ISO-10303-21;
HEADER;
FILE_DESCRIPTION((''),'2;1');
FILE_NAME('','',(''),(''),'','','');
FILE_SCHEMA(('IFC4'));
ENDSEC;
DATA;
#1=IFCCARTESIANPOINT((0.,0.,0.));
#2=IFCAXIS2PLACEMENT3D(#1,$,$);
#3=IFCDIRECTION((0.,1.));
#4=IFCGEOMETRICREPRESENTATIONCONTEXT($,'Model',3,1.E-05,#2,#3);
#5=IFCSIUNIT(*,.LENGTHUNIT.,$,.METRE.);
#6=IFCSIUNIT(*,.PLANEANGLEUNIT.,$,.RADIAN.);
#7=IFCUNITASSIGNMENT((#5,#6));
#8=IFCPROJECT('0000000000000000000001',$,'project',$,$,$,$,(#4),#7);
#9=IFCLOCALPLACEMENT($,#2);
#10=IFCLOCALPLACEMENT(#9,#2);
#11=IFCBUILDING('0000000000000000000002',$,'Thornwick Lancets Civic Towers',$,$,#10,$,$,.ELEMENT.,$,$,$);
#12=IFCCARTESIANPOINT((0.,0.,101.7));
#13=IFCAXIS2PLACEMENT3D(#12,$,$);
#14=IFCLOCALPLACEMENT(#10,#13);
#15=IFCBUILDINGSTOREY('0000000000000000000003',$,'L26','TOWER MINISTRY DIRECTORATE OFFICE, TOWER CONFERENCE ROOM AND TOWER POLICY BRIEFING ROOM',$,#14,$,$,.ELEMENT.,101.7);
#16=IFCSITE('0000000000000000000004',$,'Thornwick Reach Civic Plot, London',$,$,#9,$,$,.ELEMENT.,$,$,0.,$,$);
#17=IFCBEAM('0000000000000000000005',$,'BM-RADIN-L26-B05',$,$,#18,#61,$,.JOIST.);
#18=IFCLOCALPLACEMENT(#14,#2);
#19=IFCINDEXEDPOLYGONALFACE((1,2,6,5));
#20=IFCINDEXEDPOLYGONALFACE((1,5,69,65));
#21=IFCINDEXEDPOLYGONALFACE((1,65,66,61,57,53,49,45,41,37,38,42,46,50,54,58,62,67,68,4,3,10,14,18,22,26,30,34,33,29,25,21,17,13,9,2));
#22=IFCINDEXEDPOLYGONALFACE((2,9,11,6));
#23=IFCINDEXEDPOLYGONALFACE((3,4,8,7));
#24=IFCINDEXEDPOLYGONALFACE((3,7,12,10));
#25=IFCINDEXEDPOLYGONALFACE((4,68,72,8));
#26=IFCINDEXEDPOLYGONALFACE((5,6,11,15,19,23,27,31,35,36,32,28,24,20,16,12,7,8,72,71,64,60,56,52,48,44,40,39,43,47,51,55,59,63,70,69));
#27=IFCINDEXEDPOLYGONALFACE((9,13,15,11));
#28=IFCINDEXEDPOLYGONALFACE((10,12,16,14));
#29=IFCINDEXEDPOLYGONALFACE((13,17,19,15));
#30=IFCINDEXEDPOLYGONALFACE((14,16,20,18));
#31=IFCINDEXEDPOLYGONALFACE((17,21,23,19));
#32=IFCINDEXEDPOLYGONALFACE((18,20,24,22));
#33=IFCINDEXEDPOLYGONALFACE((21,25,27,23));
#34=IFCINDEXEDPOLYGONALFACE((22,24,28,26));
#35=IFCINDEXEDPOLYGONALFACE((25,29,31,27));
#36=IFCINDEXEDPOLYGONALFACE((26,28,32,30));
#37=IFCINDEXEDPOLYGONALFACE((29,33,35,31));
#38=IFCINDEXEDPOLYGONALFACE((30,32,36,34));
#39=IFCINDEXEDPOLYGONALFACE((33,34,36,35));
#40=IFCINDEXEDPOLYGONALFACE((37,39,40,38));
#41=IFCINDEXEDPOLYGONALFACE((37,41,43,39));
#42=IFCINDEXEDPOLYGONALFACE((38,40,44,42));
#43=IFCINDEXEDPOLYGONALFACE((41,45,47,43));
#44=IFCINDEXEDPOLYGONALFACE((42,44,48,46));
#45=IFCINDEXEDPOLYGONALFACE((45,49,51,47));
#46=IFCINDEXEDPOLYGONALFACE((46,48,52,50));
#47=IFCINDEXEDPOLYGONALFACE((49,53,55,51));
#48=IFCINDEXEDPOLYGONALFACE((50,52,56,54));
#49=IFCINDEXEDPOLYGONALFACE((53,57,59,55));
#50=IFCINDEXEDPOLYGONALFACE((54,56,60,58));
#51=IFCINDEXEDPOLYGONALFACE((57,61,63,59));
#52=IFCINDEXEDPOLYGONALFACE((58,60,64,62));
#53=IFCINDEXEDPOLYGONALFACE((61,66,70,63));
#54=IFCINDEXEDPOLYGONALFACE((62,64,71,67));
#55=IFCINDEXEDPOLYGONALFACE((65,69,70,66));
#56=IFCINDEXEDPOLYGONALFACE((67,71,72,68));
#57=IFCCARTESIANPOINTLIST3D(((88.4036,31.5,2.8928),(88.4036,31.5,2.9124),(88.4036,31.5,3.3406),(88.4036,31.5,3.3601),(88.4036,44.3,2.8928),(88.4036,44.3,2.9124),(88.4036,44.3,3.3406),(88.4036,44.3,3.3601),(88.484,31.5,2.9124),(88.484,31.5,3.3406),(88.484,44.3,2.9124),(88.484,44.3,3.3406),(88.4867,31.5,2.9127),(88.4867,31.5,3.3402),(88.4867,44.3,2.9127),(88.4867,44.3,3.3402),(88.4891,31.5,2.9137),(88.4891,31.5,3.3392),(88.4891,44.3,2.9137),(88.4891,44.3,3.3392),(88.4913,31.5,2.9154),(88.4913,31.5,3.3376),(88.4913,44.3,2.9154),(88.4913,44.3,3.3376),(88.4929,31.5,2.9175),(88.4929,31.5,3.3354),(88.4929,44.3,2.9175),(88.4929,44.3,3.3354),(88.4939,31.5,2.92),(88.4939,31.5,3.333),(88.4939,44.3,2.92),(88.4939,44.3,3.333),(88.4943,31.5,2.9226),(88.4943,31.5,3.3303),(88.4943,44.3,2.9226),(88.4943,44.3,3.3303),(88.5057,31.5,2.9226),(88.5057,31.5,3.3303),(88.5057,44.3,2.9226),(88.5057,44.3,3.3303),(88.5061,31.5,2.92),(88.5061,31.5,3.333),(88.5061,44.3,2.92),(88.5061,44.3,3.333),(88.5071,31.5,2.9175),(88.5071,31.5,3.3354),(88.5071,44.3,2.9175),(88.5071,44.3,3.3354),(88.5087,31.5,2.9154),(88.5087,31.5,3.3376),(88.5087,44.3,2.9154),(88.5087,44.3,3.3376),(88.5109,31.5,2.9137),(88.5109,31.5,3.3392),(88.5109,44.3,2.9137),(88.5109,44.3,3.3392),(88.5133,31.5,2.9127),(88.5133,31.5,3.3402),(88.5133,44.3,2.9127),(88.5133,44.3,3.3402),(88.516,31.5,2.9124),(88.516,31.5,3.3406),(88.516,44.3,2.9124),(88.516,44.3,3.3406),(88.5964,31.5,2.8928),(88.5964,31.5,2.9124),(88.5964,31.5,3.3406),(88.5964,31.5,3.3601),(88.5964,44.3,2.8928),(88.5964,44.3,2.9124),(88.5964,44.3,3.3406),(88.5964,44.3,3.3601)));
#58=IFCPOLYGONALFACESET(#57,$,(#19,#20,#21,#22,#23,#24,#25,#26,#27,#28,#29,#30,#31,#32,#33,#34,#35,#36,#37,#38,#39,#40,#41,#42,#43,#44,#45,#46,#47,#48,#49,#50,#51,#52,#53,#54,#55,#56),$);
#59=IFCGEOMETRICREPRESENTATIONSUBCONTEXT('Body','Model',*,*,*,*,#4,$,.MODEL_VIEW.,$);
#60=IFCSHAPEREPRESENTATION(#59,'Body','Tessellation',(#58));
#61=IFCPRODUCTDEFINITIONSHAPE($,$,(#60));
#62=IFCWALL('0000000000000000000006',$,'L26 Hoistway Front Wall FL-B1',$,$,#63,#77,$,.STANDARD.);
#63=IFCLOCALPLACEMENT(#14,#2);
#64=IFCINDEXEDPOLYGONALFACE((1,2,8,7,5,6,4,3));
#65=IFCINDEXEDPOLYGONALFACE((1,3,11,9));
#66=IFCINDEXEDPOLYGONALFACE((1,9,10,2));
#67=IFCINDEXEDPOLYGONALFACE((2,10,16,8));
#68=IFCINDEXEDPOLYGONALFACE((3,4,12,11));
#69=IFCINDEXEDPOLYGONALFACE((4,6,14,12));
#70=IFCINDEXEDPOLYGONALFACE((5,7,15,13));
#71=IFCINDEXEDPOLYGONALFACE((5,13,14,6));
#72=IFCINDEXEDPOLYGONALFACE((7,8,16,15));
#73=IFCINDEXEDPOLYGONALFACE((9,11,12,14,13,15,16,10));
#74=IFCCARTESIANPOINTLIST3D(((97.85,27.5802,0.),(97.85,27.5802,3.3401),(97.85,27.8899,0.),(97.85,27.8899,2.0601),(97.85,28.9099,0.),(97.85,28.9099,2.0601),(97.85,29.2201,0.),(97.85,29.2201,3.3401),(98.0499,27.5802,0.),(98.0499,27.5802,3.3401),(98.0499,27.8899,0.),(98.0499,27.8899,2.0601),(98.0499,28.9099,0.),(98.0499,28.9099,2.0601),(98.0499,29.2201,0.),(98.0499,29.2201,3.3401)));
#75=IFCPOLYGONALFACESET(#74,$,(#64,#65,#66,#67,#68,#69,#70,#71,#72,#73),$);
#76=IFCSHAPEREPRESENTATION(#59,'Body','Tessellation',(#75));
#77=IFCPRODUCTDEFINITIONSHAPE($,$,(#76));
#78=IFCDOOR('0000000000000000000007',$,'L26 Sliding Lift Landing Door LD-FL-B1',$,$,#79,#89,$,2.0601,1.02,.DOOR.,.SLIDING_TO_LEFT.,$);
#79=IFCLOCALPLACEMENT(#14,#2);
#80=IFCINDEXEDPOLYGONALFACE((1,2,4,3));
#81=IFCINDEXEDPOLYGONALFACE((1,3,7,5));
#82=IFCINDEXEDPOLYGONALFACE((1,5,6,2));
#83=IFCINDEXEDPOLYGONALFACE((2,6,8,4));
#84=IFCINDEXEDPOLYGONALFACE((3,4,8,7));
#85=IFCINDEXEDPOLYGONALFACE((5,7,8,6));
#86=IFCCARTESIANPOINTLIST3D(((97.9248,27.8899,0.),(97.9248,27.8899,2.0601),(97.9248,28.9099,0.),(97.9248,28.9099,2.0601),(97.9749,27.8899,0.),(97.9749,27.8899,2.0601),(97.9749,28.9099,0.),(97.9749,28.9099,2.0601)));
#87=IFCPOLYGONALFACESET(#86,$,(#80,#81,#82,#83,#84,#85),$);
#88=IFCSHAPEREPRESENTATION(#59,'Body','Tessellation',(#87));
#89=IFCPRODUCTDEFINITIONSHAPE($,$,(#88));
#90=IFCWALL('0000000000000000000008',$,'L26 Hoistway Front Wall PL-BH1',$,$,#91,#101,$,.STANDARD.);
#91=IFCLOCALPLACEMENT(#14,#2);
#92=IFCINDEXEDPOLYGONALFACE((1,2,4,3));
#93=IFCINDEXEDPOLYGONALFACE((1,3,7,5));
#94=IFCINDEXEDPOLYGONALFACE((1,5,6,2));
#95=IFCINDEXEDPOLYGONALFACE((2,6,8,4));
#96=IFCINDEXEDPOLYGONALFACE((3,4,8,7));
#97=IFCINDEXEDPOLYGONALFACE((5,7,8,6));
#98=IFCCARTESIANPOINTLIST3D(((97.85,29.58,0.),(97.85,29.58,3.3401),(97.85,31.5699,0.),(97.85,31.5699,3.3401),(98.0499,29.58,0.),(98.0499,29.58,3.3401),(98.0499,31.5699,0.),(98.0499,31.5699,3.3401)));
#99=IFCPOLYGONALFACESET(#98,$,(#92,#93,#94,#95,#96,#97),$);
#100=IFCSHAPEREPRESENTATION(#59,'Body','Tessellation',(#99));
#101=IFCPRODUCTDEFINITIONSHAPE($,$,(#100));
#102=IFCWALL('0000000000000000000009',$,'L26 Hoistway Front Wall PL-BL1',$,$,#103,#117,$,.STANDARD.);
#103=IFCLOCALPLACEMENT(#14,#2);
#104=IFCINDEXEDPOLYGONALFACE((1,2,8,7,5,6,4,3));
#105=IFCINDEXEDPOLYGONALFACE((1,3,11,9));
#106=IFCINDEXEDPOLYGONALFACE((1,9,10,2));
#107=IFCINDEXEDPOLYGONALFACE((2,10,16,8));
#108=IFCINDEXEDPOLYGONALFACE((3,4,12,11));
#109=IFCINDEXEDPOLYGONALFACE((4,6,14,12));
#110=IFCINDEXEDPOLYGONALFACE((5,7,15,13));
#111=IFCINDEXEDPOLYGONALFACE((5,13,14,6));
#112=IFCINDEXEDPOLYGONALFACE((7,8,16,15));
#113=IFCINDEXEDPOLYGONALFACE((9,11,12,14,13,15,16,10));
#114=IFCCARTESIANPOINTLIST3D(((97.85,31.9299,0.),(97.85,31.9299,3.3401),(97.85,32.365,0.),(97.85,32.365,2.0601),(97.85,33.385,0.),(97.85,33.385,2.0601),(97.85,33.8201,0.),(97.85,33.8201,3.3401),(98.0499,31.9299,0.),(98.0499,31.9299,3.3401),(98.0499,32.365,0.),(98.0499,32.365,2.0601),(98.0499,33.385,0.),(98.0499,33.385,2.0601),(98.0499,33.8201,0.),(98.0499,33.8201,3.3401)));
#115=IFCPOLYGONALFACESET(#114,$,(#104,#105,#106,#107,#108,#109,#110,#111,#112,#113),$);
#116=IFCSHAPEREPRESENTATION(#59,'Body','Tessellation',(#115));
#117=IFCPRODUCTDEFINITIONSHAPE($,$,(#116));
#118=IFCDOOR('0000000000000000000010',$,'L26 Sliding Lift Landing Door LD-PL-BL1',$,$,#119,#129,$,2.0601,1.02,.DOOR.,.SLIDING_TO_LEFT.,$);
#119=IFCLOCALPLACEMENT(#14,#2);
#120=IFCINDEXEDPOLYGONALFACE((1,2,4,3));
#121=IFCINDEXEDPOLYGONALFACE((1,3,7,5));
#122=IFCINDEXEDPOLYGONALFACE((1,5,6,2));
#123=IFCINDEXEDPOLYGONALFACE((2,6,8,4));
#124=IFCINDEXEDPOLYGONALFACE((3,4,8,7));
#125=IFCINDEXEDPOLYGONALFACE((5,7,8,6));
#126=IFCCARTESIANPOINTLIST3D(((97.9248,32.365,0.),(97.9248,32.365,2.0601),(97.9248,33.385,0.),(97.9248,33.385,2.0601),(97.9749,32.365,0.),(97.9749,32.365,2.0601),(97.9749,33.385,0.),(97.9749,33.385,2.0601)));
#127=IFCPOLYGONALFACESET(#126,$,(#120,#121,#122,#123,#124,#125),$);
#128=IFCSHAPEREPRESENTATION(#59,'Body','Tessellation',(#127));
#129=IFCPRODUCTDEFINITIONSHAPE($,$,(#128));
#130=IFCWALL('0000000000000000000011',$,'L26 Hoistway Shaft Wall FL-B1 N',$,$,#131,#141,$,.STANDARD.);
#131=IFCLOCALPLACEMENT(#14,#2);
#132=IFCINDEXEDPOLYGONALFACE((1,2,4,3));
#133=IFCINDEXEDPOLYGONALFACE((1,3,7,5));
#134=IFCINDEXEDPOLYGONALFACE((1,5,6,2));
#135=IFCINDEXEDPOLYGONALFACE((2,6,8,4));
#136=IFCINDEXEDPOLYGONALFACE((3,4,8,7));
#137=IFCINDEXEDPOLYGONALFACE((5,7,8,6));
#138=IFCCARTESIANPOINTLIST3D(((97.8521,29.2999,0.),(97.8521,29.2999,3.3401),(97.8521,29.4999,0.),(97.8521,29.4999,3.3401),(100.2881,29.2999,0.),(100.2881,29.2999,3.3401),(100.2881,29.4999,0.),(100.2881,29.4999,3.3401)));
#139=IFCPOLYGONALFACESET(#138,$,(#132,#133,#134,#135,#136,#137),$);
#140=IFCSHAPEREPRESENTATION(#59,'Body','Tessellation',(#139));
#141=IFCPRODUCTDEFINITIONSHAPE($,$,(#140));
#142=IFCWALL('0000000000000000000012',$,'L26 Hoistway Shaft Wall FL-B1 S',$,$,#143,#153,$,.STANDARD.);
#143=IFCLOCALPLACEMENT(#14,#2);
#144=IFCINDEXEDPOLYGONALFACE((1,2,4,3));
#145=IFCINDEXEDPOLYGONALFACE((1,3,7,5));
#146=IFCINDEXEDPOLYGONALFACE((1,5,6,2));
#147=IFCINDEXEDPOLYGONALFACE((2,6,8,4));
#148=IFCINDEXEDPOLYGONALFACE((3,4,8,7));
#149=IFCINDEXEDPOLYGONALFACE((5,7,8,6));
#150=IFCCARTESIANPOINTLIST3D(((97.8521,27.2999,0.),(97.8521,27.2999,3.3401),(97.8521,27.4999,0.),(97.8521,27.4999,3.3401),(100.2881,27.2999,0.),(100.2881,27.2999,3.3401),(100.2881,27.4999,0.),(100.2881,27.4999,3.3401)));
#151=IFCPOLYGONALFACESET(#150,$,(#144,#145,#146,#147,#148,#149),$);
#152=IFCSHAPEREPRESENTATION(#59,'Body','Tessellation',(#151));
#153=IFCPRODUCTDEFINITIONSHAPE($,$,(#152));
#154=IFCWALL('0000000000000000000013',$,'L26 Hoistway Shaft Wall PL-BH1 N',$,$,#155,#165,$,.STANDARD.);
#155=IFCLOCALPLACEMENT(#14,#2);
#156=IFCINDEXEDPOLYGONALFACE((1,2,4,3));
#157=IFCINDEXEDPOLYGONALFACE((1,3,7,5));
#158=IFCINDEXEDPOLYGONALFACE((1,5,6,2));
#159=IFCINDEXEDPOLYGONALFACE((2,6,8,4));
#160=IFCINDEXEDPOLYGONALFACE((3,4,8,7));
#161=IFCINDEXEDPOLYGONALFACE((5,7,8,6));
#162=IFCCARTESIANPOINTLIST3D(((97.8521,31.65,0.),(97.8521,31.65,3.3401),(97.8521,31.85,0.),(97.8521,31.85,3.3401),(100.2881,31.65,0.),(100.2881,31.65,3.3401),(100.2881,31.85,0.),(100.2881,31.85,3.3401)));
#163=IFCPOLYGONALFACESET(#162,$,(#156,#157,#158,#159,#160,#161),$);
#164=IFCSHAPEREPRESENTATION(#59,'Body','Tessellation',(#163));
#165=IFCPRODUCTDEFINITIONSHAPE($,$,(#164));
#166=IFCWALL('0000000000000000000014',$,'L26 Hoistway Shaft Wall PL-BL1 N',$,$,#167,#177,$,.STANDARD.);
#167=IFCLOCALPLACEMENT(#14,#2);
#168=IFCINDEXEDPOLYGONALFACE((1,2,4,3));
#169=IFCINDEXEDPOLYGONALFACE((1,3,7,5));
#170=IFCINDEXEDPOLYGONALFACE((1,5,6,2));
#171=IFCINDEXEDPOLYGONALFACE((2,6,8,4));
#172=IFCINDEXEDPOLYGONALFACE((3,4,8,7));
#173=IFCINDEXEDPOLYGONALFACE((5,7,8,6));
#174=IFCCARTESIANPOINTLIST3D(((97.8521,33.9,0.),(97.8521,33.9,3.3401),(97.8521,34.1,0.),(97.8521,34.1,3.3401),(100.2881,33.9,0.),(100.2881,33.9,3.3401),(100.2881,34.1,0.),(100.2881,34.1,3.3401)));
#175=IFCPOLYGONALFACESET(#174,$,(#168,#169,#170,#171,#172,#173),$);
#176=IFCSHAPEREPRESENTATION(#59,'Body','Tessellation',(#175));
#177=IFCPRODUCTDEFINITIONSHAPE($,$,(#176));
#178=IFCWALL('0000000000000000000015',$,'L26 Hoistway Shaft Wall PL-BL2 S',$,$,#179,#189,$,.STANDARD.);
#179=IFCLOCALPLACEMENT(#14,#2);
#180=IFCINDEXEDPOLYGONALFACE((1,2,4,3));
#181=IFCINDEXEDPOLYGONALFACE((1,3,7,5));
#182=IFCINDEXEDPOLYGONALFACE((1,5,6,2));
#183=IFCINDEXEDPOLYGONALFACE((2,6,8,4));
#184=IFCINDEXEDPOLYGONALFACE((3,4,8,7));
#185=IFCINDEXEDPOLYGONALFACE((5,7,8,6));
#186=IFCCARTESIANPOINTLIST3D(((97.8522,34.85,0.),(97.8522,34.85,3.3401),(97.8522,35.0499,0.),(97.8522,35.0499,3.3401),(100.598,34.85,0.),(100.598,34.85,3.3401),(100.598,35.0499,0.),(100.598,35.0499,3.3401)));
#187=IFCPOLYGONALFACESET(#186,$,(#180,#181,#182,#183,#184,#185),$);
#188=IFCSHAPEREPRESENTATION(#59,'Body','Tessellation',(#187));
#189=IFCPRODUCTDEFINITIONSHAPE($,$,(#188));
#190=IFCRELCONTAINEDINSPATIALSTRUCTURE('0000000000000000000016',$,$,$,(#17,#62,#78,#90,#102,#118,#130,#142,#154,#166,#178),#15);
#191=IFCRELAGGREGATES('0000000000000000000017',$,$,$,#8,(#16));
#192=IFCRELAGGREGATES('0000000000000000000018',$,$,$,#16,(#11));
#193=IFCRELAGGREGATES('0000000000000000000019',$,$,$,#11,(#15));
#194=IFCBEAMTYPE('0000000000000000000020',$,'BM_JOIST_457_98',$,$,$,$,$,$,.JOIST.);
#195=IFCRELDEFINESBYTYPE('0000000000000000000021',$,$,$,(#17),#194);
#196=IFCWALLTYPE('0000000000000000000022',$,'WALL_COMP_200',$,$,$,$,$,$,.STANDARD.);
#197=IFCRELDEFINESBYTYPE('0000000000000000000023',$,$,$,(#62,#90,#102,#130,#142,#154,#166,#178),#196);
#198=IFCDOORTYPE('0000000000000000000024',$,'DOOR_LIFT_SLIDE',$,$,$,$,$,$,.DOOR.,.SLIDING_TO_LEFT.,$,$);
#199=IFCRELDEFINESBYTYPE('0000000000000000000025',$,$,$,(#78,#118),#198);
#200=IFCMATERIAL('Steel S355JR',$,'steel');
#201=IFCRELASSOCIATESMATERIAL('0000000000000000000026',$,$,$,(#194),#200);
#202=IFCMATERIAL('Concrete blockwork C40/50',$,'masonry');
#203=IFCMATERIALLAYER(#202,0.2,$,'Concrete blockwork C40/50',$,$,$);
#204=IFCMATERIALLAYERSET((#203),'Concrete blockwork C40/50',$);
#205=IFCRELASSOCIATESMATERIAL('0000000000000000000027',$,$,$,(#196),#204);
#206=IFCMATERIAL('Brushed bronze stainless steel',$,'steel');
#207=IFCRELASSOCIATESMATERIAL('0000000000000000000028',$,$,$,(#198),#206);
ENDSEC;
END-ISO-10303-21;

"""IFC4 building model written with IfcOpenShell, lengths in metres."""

from ifc_helpers import new_model, si_unit, direction, frame, frame_2d, origin, origin_2d, place, context, subcontext, project, spatial, rectangle, i_section, extrude, material, layer, layer_set, material_profile, profile_set, type_object, element, fill, save


model = new_model("IFC4")

# Units and contexts
model_context = context("Model", 3, precision=1e-05, world=origin(), true_north=direction((0.0, 1.0)))
body_context = subcontext(model_context, "Body", "Model", "MODEL_VIEW")
ifc_project = project(units=[si_unit("LENGTHUNIT", "METRE"), si_unit("PLANEANGLEUNIT", "RADIAN")], contexts=[model_context])

# Site, building, storey
site_placement = place(None, origin())
site = spatial("IfcSite", under=ifc_project, at=site_placement, Name="Thornwick Reach Civic Plot, London", CompositionType="ELEMENT", RefElevation=0.0)
building_placement = place(site_placement, origin())
building = spatial("IfcBuilding", under=site, at=building_placement, Name="Thornwick Lancets Civic Towers", CompositionType="ELEMENT")
storey_placement = place(building_placement, frame((0.0, 0.0, 101.7)))
storey = spatial("IfcBuildingStorey", under=building, at=storey_placement, Name="L26", Description="TOWER MINISTRY DIRECTORATE OFFICE, TOWER CONFERENCE ROOM AND TOWER POLICY BRIEFING ROOM", CompositionType="ELEMENT", Elevation=101.7)

# Beam
ifc_material_1 = material(Name="Steel S355JR", Category="steel")
ifc_material_profile_1 = material_profile(ifc_material_1, i_section(OverallWidth=0.1929, OverallDepth=0.4673, WebThickness=0.0115, FlangeThickness=0.0195, FilletRadius=0.0103, at=origin_2d()), Name="UKB 457x191x98")
ifc_profile_set_1 = profile_set([ifc_material_profile_1], Name="Steel S355JR")
beam_type_1 = type_object("IfcBeamType", Name="BM_JOIST_457_98", PredefinedType="JOIST", material=ifc_profile_set_1)
beam_1_placement = place(storey_placement, frame((88.5, 31.5, 3.1265), z_axis=(0.0, 1.0, 0.0), x_axis=(-1.0, 0.0, 0.0)))
element("IfcBeam", 1, at=beam_1_placement, inside=storey, type_object=beam_type_1, Name="BM-RADIN-L26-B05", PredefinedType="JOIST", context=body_context, shape_type="SweptSolid", body=[
    extrude(i_section(OverallWidth=0.1929, OverallDepth=0.4673, WebThickness=0.0115, FlangeThickness=0.0195, FilletRadius=0.0103, at=origin_2d()), origin(), (0.0, 0.0, 1.0), 12.8),
])

# Wall, opening, door
ifc_material_2 = material(Name="Concrete blockwork C40/50", Category="masonry")
ifc_layer_1 = layer(ifc_material_2, 0.2, Name="Concrete blockwork C40/50")
ifc_layer_set_1 = layer_set([ifc_layer_1], Name="Concrete blockwork C40/50")
wall_type_1 = type_object("IfcWallType", Name="WALL_COMP_200", PredefinedType="STANDARD", material=ifc_layer_set_1)
wall_1_placement = place(storey_placement, frame((97.95, 29.22, 0.0), z_axis=(0.0, 0.0, 1.0), x_axis=(0.0, -1.0, 0.0)))
wall_1 = element("IfcWall", 2, at=wall_1_placement, inside=storey, type_object=wall_type_1, Name="L26 Hoistway Front Wall FL-B1", PredefinedType="STANDARD", context=body_context, shape_type="SweptSolid", body=[
    extrude(rectangle(XDim=1.6399, YDim=0.2, at=frame_2d((0.8198, 0.0))), origin(), (0.0, 0.0, 1.0), 3.3401),
])
opening_1_placement = place(wall_1_placement, frame((0.3101, 0.0, 0.0)))
opening_1 = element("IfcOpeningElement", 3, at=opening_1_placement, cuts=wall_1, PredefinedType="OPENING", context=body_context, shape_type="SweptSolid", body=[
    extrude(rectangle(XDim=1.02, YDim=2.0601, at=frame_2d((0.51, 1.03))), frame((0.0, 0.1099, 0.0), z_axis=(0.0, -1.0, 0.0), x_axis=(1.0, 0.0, 0.0)), (0.0, 0.0, 1.0), 0.22),
])
ifc_material_3 = material(Name="Brushed bronze stainless steel", Category="steel")
door_type_1 = type_object("IfcDoorType", Name="DOOR_LIFT_SLIDE", OperationType="SLIDING_TO_LEFT", PredefinedType="DOOR", material=ifc_material_3)
door_1_placement = place(opening_1_placement, origin())
door_1 = element("IfcDoor", 4, at=door_1_placement, inside=storey, type_object=door_type_1, Name="L26 Sliding Lift Landing Door LD-FL-B1", OperationType="SLIDING_TO_LEFT", OverallHeight=2.0601, OverallWidth=1.02, PredefinedType="DOOR", context=body_context, shape_type="SweptSolid", body=[
    extrude(rectangle(XDim=1.02, YDim=2.0601, at=frame_2d((0.51, 1.03))), frame((0.0, 0.0249, 0.0), z_axis=(0.0, -1.0, 0.0), x_axis=(1.0, 0.0, 0.0)), (0.0, 0.0, 1.0), 0.05),
])
fill(opening_1, door_1)

# Wall
wall_2_placement = place(storey_placement, frame((97.95, 31.5701, 0.0), z_axis=(0.0, 0.0, 1.0), x_axis=(0.0, -1.0, 0.0)))
element("IfcWall", 5, at=wall_2_placement, inside=storey, type_object=wall_type_1, Name="L26 Hoistway Front Wall PL-BH1", PredefinedType="STANDARD", context=body_context, shape_type="SweptSolid", body=[
    extrude(rectangle(XDim=1.99, YDim=0.2, at=frame_2d((0.9951, 0.0))), origin(), (0.0, 0.0, 1.0), 3.3401),
])

# Wall, opening, door
wall_3_placement = place(storey_placement, frame((97.95, 33.8201, 0.0), z_axis=(0.0, 0.0, 1.0), x_axis=(0.0, -1.0, 0.0)))
wall_3 = element("IfcWall", 6, at=wall_3_placement, inside=storey, type_object=wall_type_1, Name="L26 Hoistway Front Wall PL-BL1", PredefinedType="STANDARD", context=body_context, shape_type="SweptSolid", body=[
    extrude(rectangle(XDim=1.8901, YDim=0.2, at=frame_2d((0.9451, 0.0))), origin(), (0.0, 0.0, 1.0), 3.3401),
])
opening_2_placement = place(wall_3_placement, frame((0.4351, 0.0, 0.0)))
opening_2 = element("IfcOpeningElement", 7, at=opening_2_placement, cuts=wall_3, PredefinedType="OPENING", context=body_context, shape_type="SweptSolid", body=[
    extrude(rectangle(XDim=1.02, YDim=2.0601, at=frame_2d((0.51, 1.03))), frame((0.0, 0.1099, 0.0), z_axis=(0.0, -1.0, 0.0), x_axis=(1.0, 0.0, 0.0)), (0.0, 0.0, 1.0), 0.22),
])
door_2_placement = place(opening_2_placement, origin())
door_2 = element("IfcDoor", 8, at=door_2_placement, inside=storey, type_object=door_type_1, Name="L26 Sliding Lift Landing Door LD-PL-BL1", OperationType="SLIDING_TO_LEFT", OverallHeight=2.0601, OverallWidth=1.02, PredefinedType="DOOR", context=body_context, shape_type="SweptSolid", body=[
    extrude(rectangle(XDim=1.02, YDim=2.0601, at=frame_2d((0.51, 1.03))), frame((0.0, 0.0249, 0.0), z_axis=(0.0, -1.0, 0.0), x_axis=(1.0, 0.0, 0.0)), (0.0, 0.0, 1.0), 0.05),
])
fill(opening_2, door_2)

# Walls
for number, where, z_axis, x_axis, name in (
    (9, (97.8521, 29.3999, 0.0), (0.0, 0.0, 1.0), (1.0, 0.0, 0.0), "L26 Hoistway Shaft Wall FL-B1 N"),
    (10, (97.8521, 27.3999, 0.0), (0.0, 0.0, 1.0), (1.0, 0.0, 0.0), "L26 Hoistway Shaft Wall FL-B1 S"),
    (11, (97.8521, 31.75, 0.0), (0.0, 0.0, 1.0), (1.0, 0.0, 0.0), "L26 Hoistway Shaft Wall PL-BH1 N"),
    (12, (97.8521, 34.0, 0.0), (0.0, 0.0, 1.0), (1.0, 0.0, 0.0), "L26 Hoistway Shaft Wall PL-BL1 N"),
):
    element("IfcWall", number, at=place(storey_placement, frame(where, z_axis=z_axis, x_axis=x_axis)), inside=storey, type_object=wall_type_1, Name=name, PredefinedType="STANDARD", context=body_context, shape_type="SweptSolid", body=[
        extrude(rectangle(XDim=2.436, YDim=0.2, at=frame_2d((1.218, 0.0))), origin(), (0.0, 0.0, 1.0), 3.3401),
    ])
wall_4_placement = place(storey_placement, frame((97.8521, 34.95, 0.0), z_axis=(0.0, 0.0, 1.0), x_axis=(1.0, 0.0, 0.0)))
element("IfcWall", 13, at=wall_4_placement, inside=storey, type_object=wall_type_1, Name="L26 Hoistway Shaft Wall PL-BL2 S", PredefinedType="STANDARD", context=body_context, shape_type="SweptSolid", body=[
    extrude(rectangle(XDim=2.7458, YDim=0.2, at=frame_2d((1.373, 0.0))), origin(), (0.0, 0.0, 1.0), 3.3401),
])

save(model, "model.ifc")
